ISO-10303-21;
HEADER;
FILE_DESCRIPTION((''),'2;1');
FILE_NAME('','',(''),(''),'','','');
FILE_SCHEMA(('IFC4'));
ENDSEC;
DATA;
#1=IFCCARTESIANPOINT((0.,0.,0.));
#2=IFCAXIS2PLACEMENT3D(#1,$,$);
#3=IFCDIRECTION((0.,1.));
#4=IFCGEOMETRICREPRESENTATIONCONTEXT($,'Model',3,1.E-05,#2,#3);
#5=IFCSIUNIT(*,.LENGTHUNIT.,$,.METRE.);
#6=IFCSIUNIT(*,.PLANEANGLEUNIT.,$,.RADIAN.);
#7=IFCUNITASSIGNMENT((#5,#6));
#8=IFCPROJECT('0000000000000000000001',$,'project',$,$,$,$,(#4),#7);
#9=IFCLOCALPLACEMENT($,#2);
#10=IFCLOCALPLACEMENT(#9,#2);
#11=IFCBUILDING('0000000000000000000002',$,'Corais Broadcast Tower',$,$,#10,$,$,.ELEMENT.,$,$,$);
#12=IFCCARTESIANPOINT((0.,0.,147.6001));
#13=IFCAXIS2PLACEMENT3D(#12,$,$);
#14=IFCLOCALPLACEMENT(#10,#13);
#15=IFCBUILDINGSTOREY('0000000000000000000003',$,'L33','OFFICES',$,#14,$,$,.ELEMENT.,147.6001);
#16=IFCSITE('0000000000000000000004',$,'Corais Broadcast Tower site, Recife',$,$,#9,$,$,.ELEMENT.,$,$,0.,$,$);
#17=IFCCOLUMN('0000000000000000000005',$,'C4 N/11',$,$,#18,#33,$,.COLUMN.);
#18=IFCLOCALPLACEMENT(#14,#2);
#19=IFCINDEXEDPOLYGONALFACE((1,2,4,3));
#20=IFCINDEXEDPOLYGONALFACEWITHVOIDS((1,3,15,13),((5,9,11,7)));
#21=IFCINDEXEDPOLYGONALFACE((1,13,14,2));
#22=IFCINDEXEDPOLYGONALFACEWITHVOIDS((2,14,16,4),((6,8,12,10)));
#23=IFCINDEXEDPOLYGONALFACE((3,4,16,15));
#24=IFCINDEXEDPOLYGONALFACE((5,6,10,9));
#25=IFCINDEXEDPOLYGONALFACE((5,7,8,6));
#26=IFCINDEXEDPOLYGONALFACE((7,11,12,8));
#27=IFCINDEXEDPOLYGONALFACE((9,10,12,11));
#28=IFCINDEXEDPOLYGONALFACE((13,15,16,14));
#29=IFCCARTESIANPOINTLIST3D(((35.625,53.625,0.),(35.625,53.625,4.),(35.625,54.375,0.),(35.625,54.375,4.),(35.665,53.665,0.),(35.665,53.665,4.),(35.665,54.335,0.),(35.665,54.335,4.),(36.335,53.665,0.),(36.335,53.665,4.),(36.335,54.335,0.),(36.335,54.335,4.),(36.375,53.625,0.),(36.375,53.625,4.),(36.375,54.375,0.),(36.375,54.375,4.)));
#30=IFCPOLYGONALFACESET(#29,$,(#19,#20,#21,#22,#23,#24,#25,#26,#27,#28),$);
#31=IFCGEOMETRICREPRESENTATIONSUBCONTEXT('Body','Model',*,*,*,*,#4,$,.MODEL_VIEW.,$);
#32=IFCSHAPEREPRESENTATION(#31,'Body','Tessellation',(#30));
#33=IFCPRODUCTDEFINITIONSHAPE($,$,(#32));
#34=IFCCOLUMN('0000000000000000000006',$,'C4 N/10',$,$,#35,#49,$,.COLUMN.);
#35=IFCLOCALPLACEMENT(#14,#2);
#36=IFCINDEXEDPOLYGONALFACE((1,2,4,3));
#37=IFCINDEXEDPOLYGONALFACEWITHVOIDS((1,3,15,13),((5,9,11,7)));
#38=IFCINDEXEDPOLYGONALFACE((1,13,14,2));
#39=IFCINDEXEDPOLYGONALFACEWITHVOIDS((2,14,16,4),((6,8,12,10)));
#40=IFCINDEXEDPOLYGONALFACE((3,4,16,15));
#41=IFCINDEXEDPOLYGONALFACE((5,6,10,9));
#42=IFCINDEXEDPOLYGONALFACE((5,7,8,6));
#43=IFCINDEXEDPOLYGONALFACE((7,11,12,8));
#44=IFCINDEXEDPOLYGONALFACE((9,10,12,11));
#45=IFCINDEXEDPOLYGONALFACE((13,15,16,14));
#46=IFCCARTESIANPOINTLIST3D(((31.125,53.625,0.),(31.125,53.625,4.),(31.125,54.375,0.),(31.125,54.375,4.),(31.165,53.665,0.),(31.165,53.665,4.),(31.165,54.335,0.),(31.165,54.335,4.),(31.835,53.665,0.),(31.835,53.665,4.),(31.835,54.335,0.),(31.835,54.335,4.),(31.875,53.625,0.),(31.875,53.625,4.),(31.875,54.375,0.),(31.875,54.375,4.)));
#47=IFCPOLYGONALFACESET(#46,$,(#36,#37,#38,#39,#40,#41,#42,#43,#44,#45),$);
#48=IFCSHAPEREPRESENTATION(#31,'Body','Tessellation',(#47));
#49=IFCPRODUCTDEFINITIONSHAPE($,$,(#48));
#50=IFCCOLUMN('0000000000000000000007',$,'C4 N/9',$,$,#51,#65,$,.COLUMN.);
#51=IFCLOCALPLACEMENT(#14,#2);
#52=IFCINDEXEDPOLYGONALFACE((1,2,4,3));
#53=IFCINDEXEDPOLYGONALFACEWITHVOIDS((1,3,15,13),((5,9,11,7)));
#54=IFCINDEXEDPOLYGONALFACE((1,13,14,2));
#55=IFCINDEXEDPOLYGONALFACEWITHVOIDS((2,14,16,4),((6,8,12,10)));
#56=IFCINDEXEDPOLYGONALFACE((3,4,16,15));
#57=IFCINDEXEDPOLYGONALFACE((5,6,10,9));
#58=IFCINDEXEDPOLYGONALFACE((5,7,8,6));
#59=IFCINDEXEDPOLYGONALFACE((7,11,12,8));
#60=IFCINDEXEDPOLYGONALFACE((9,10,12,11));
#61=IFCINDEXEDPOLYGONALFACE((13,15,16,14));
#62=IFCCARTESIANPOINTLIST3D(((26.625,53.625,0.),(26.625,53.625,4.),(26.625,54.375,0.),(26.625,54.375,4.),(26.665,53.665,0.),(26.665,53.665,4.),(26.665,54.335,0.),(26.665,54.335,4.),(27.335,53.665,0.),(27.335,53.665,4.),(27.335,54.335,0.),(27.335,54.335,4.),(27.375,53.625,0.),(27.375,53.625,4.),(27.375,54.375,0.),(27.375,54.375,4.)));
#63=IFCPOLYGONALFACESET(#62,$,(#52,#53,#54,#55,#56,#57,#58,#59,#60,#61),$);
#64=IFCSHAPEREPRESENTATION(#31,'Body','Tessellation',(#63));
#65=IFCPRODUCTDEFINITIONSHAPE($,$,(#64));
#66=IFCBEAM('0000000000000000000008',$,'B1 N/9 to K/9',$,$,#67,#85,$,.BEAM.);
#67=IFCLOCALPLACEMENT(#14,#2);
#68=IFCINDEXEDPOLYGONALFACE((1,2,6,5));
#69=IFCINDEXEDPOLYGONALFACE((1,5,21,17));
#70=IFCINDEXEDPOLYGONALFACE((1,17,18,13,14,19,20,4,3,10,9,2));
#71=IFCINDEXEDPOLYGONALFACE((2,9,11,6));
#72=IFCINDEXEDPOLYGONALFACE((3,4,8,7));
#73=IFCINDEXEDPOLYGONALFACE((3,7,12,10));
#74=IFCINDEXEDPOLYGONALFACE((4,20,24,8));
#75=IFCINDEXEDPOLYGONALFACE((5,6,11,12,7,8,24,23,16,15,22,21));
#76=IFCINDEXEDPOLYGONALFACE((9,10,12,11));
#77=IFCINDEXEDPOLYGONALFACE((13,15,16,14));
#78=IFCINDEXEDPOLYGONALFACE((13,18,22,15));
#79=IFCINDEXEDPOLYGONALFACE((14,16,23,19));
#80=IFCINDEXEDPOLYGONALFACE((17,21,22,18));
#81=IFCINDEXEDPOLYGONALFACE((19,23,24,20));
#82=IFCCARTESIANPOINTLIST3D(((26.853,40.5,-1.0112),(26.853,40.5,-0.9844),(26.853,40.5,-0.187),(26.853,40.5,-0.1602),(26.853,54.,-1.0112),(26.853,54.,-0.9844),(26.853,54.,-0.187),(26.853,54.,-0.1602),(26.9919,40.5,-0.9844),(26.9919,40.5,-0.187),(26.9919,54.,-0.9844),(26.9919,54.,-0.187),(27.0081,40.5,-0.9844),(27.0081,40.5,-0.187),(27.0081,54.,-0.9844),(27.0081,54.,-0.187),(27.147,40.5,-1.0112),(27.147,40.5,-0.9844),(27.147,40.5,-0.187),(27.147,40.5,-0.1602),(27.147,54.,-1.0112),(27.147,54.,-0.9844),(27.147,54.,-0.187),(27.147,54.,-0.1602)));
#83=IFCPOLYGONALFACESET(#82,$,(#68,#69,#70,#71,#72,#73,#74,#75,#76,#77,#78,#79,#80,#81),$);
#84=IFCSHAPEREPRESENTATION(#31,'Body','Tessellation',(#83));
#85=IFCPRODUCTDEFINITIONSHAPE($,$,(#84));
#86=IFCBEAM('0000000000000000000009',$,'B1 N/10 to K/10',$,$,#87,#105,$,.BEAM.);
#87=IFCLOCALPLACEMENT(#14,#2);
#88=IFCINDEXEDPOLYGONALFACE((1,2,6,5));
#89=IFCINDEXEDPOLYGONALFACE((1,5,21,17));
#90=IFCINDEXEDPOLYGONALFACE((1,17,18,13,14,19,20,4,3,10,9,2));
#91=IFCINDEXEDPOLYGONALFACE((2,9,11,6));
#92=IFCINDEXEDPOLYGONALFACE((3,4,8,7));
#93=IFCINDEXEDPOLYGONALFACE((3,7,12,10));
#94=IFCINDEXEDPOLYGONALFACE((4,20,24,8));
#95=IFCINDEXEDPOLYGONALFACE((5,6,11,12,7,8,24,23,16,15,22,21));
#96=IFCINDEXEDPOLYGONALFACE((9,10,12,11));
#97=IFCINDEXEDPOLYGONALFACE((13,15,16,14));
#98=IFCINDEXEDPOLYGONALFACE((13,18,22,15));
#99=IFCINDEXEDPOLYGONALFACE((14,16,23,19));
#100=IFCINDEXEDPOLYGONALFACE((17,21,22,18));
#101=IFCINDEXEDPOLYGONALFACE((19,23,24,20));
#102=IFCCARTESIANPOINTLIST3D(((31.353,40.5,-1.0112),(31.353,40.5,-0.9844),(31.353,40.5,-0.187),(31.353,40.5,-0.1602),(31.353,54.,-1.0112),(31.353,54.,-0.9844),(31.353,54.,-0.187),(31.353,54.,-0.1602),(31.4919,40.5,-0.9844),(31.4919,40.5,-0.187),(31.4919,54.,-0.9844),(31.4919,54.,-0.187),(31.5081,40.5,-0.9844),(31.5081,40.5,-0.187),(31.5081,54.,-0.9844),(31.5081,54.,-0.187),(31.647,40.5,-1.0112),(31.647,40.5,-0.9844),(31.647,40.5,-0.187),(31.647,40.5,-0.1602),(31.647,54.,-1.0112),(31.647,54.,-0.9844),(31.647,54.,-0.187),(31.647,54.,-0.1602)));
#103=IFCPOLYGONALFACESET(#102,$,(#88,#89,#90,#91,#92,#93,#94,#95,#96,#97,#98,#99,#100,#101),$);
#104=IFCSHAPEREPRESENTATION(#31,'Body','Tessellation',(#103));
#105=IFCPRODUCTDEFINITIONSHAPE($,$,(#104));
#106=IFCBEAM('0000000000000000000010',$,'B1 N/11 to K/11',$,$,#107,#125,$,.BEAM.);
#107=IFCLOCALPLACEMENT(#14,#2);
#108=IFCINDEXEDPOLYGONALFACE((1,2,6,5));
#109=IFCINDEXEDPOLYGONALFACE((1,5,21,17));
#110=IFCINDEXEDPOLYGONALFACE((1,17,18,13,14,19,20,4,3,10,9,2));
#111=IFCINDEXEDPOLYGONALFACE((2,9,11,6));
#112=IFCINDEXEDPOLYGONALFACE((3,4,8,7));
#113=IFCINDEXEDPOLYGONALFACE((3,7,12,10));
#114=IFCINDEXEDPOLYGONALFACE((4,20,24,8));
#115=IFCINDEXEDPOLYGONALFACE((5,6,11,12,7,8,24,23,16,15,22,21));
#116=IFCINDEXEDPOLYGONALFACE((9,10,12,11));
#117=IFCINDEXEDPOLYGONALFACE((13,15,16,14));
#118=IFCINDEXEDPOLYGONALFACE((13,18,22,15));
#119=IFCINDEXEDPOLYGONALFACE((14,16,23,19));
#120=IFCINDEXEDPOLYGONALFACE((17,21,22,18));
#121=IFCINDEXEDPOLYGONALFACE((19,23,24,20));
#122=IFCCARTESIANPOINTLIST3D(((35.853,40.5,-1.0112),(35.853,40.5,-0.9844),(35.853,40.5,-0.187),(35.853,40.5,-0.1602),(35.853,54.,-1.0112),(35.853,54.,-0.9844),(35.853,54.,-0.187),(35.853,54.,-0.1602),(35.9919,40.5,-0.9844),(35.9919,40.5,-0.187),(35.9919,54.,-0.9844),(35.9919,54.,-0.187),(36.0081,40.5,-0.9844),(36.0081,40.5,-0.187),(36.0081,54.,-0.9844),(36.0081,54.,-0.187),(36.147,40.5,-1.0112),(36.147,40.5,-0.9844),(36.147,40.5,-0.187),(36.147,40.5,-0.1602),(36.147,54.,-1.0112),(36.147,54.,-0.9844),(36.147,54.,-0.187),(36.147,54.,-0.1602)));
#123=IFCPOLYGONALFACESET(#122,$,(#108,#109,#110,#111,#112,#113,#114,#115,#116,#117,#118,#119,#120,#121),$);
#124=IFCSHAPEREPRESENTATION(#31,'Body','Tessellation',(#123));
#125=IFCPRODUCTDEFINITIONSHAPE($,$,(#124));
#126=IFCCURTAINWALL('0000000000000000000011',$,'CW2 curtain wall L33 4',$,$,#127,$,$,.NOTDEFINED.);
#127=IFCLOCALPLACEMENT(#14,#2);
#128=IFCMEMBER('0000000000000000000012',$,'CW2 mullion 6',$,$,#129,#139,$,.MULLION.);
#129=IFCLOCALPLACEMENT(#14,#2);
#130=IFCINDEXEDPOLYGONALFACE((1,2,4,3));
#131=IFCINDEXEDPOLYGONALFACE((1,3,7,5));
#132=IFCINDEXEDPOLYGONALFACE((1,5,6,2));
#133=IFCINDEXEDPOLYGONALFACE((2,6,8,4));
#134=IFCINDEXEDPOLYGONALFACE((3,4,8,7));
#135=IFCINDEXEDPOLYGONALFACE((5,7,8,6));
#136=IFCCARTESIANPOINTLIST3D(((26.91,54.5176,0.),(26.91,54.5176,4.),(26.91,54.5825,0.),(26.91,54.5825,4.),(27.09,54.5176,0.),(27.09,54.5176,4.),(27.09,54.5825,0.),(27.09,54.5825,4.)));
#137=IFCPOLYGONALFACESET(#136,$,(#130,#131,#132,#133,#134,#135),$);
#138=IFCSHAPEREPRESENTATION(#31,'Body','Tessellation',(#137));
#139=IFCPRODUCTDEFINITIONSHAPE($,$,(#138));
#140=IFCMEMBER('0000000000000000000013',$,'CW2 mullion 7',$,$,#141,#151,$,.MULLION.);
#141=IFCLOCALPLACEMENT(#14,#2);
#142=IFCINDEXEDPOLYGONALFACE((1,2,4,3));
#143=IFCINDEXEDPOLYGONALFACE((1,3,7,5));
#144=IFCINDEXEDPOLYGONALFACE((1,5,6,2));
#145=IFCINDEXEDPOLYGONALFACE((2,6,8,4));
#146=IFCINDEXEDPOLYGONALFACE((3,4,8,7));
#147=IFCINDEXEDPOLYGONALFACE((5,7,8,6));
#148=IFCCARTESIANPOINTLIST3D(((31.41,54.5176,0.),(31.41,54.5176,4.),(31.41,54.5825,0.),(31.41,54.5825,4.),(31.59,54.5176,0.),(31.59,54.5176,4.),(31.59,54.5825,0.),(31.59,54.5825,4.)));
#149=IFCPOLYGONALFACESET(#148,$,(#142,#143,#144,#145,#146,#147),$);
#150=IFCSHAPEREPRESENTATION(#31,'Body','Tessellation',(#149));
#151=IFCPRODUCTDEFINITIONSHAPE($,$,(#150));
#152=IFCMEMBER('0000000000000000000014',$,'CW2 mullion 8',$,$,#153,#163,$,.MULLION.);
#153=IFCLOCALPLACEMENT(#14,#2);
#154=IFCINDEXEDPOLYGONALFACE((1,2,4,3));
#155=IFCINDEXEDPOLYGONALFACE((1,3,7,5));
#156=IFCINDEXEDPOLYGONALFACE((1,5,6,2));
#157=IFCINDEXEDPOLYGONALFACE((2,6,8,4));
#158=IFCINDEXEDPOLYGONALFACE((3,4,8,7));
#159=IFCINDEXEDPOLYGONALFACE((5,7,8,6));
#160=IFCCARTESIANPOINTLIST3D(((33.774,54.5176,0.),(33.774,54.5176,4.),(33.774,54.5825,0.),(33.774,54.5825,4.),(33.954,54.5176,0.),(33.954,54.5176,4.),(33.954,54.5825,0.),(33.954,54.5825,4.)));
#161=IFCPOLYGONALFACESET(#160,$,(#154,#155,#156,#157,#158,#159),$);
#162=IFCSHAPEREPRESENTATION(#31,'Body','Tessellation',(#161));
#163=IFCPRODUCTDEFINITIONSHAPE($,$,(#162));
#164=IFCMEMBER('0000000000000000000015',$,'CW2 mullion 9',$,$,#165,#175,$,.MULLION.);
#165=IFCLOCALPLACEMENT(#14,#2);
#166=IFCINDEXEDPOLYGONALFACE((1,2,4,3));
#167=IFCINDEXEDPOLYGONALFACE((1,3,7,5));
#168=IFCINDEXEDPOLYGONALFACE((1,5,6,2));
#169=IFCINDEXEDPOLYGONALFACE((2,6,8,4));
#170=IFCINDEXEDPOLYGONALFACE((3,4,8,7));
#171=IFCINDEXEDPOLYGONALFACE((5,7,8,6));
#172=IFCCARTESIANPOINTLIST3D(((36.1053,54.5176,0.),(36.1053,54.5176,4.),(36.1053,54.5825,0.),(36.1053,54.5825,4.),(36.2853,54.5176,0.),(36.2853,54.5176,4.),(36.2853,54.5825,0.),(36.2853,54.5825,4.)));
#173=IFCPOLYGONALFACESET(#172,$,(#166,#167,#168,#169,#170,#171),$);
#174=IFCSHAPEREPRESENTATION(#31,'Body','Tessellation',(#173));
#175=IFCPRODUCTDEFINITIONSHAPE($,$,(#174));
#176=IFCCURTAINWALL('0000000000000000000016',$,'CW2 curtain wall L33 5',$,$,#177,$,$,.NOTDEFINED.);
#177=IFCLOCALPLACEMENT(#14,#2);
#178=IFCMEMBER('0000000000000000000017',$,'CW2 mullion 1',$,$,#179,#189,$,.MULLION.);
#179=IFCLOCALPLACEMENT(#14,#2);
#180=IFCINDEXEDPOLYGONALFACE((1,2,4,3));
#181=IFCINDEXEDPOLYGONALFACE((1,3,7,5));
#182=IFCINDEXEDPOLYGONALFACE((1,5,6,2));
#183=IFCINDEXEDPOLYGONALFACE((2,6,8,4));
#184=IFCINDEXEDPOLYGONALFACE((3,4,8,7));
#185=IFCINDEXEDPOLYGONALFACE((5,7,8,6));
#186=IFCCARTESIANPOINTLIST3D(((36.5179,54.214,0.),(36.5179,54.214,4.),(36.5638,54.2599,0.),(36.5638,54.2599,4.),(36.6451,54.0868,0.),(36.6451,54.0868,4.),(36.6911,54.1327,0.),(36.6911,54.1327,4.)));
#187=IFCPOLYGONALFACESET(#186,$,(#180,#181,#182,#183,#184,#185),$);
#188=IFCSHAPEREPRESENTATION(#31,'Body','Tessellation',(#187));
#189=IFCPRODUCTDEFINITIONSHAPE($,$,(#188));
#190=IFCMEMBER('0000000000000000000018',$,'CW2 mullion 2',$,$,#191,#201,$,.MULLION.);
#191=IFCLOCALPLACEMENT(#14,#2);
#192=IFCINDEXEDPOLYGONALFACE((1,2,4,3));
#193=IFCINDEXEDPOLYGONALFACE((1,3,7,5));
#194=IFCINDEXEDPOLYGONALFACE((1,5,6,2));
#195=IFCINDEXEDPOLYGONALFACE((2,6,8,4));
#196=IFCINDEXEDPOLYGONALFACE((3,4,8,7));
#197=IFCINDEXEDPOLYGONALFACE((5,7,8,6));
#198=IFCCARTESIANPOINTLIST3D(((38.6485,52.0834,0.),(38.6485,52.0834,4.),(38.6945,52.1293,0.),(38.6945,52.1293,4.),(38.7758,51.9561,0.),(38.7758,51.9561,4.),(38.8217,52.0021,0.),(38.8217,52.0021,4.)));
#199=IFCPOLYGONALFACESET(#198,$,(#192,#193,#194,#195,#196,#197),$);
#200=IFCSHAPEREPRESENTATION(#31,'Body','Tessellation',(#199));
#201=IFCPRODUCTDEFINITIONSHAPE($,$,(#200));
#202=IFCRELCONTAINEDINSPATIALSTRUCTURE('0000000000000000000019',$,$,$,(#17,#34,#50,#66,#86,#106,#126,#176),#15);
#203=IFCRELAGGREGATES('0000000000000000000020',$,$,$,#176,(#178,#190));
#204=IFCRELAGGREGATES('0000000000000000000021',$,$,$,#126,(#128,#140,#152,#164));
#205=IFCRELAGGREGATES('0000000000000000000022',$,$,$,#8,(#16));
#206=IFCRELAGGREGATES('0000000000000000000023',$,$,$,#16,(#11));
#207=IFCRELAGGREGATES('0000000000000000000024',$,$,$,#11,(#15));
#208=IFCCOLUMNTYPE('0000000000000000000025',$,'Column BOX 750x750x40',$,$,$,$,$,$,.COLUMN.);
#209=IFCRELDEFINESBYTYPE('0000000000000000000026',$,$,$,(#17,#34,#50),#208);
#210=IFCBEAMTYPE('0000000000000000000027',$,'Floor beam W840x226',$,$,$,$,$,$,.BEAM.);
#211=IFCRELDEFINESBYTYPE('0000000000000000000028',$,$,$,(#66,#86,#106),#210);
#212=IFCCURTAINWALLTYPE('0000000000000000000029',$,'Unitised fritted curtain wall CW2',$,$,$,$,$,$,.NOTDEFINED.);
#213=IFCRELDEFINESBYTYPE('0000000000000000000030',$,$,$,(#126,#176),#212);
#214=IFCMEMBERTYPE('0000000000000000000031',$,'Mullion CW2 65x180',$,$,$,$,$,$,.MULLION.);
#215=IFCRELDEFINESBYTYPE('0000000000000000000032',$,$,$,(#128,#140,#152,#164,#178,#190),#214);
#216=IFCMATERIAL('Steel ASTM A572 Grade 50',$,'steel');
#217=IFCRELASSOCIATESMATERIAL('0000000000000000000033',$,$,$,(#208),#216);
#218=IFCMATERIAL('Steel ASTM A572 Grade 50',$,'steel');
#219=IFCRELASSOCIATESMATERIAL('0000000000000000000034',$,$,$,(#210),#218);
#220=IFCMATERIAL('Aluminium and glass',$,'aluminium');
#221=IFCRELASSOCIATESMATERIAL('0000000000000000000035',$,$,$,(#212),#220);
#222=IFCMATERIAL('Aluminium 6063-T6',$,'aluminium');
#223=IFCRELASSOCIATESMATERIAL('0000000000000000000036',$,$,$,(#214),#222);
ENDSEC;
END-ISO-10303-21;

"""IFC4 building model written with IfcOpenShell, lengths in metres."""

from ifc_helpers import new_model, si_unit, direction, frame, origin, origin_2d, place, context, subcontext, project, spatial, rectangle, hollow_rectangle, i_section, extrude, material, material_profile, profile_set, type_object, element, aggregate, save


model = new_model("IFC4")

# Units and contexts
model_context = context("Model", 3, precision=1e-05, world=origin(), true_north=direction((0.0, 1.0)))
body_context = subcontext(model_context, "Body", "Model", "MODEL_VIEW")
ifc_project = project(units=[si_unit("LENGTHUNIT", "METRE"), si_unit("PLANEANGLEUNIT", "RADIAN")], contexts=[model_context])

# Site, building, storey
site_placement = place(None, origin())
site = spatial("IfcSite", under=ifc_project, at=site_placement, Name="Corais Broadcast Tower site, Recife", CompositionType="ELEMENT", RefElevation=0.0)
building_placement = place(site_placement, origin())
building = spatial("IfcBuilding", under=site, at=building_placement, Name="Corais Broadcast Tower", CompositionType="ELEMENT")
storey_placement = place(building_placement, frame((0.0, 0.0, 147.6001)))
storey = spatial("IfcBuildingStorey", under=building, at=storey_placement, Name="L33", Description="OFFICES", CompositionType="ELEMENT", Elevation=147.6001)

# Columns
ifc_material_1 = material(Name="Steel ASTM A572 Grade 50", Category="steel")
ifc_material_profile_1 = material_profile(ifc_material_1, hollow_rectangle(XDim=0.75, YDim=0.75, WallThickness=0.04, at=origin_2d()), Name="BOX 750x750x40")
ifc_profile_set_1 = profile_set([ifc_material_profile_1], Name="Steel ASTM A572 Grade 50")
column_type = type_object("IfcColumnType", Name="Column BOX 750x750x40", PredefinedType="COLUMN", material=ifc_profile_set_1)
for number, where, z_axis, x_axis, name in (
    (1, (36.0, 54.0, 0.0), (0.0, 0.0, 1.0), (1.0, 0.0, 0.0), "C4 N/11"),
    (2, (31.5, 54.0, 0.0), (0.0, 0.0, 1.0), (1.0, 0.0, 0.0), "C4 N/10"),
    (3, (27.0, 54.0, 0.0), (0.0, 0.0, 1.0), (1.0, 0.0, 0.0), "C4 N/9"),
):
    element("IfcColumn", number, at=place(storey_placement, frame(where, z_axis=z_axis, x_axis=x_axis)), inside=storey, type_object=column_type, Name=name, PredefinedType="COLUMN", context=body_context, shape_type="SweptSolid", body=[
        extrude(hollow_rectangle(XDim=0.75, YDim=0.75, WallThickness=0.04, at=origin_2d()), origin(), (0.0, 0.0, 1.0), 4.0),
    ])

# Beams
ifc_material_2 = material(Name="Steel ASTM A572 Grade 50", Category="steel")
ifc_material_profile_2 = material_profile(ifc_material_2, i_section(OverallWidth=0.2939, OverallDepth=0.8511, WebThickness=0.0161, FlangeThickness=0.0269, at=origin_2d()), Name="W840x226")
ifc_profile_set_2 = profile_set([ifc_material_profile_2], Name="Steel ASTM A572 Grade 50")
beam_type_1 = type_object("IfcBeamType", Name="Floor beam W840x226", PredefinedType="BEAM", material=ifc_profile_set_2)
for number, where, z_axis, x_axis, name in (
    (4, (27.0, 54.0, -0.5857), (0.0, -1.0, 0.0), (1.0, 0.0, 0.0), "B1 N/9 to K/9"),
    (5, (31.5, 54.0, -0.5857), (0.0, -1.0, 0.0), (1.0, 0.0, 0.0), "B1 N/10 to K/10"),
    (6, (36.0, 54.0, -0.5857), (0.0, -1.0, 0.0), (1.0, 0.0, 0.0), "B1 N/11 to K/11"),
):
    element("IfcBeam", number, at=place(storey_placement, frame(where, z_axis=z_axis, x_axis=x_axis)), inside=storey, type_object=beam_type_1, Name=name, PredefinedType="BEAM", context=body_context, shape_type="SweptSolid", body=[
        extrude(i_section(OverallWidth=0.2939, OverallDepth=0.8511, WebThickness=0.0161, FlangeThickness=0.0269, at=origin_2d()), origin(), (0.0, 0.0, 1.0), 13.5),
    ])

# Curtain walls, members
ifc_material_3 = material(Name="Aluminium and glass", Category="aluminium")
curtain_wall_type = type_object("IfcCurtainWallType", Name="Unitised fritted curtain wall CW2", PredefinedType="NOTDEFINED", material=ifc_material_3)
curtain_wall_1_placement = place(storey_placement, origin())
curtain_wall_1 = element("IfcCurtainWall", 7, at=curtain_wall_1_placement, inside=storey, type_object=curtain_wall_type, Name="CW2 curtain wall L33 4", PredefinedType="NOTDEFINED")
ifc_material_4 = material(Name="Aluminium 6063-T6", Category="aluminium")
ifc_material_profile_3 = material_profile(ifc_material_4, rectangle(XDim=0.0649, YDim=0.1799, at=origin_2d()), Name="Mullion CW2 65x180")
ifc_profile_set_3 = profile_set([ifc_material_profile_3], Name="Aluminium 6063-T6")
member_type_1 = type_object("IfcMemberType", Name="Mullion CW2 65x180", PredefinedType="MULLION", material=ifc_profile_set_3)
member_1_placement = place(storey_placement, frame((27.0, 54.55, 0.0), z_axis=(0.0, 0.0, 1.0), x_axis=(0.0, 1.0, 0.0)))
member_1 = element("IfcMember", 8, at=member_1_placement, type_object=member_type_1, Name="CW2 mullion 6", PredefinedType="MULLION", context=body_context, shape_type="SweptSolid", body=[
    extrude(rectangle(XDim=0.0649, YDim=0.1799, at=origin_2d()), origin(), (0.0, 0.0, 1.0), 4.0),
])
member_2_placement = place(storey_placement, frame((31.5, 54.55, 0.0), z_axis=(0.0, 0.0, 1.0), x_axis=(0.0, 1.0, 0.0)))
member_2 = element("IfcMember", 9, at=member_2_placement, type_object=member_type_1, Name="CW2 mullion 7", PredefinedType="MULLION", context=body_context, shape_type="SweptSolid", body=[
    extrude(rectangle(XDim=0.0649, YDim=0.1799, at=origin_2d()), origin(), (0.0, 0.0, 1.0), 4.0),
])
member_3_placement = place(storey_placement, frame((33.864, 54.55, 0.0), z_axis=(0.0, 0.0, 1.0), x_axis=(0.0, 1.0, 0.0)))
member_3 = element("IfcMember", 10, at=member_3_placement, type_object=member_type_1, Name="CW2 mullion 8", PredefinedType="MULLION", context=body_context, shape_type="SweptSolid", body=[
    extrude(rectangle(XDim=0.0649, YDim=0.1799, at=origin_2d()), origin(), (0.0, 0.0, 1.0), 4.0),
])
member_4_placement = place(storey_placement, frame((36.1953, 54.55, 0.0), z_axis=(0.0, 0.0, 1.0), x_axis=(0.0, 1.0, 0.0)))
member_4 = element("IfcMember", 11, at=member_4_placement, type_object=member_type_1, Name="CW2 mullion 9", PredefinedType="MULLION", context=body_context, shape_type="SweptSolid", body=[
    extrude(rectangle(XDim=0.0649, YDim=0.1799, at=origin_2d()), origin(), (0.0, 0.0, 1.0), 4.0),
])
curtain_wall_2_placement = place(storey_placement, origin())
curtain_wall_2 = element("IfcCurtainWall", 12, at=curtain_wall_2_placement, inside=storey, type_object=curtain_wall_type, Name="CW2 curtain wall L33 5", PredefinedType="NOTDEFINED")
member_5_placement = place(storey_placement, frame((36.6045, 54.1733, 0.0), z_axis=(0.0, 0.0, 1.0), x_axis=(0.707107, 0.707107, 0.0)))
member_5 = element("IfcMember", 13, at=member_5_placement, type_object=member_type_1, Name="CW2 mullion 1", PredefinedType="MULLION", context=body_context, shape_type="SweptSolid", body=[
    extrude(rectangle(XDim=0.0649, YDim=0.1799, at=origin_2d()), origin(), (0.0, 0.0, 1.0), 4.0),
])
member_6_placement = place(storey_placement, frame((38.7351, 52.0427, 0.0), z_axis=(0.0, 0.0, 1.0), x_axis=(0.707107, 0.707107, 0.0)))
member_6 = element("IfcMember", 14, at=member_6_placement, type_object=member_type_1, Name="CW2 mullion 2", PredefinedType="MULLION", context=body_context, shape_type="SweptSolid", body=[
    extrude(rectangle(XDim=0.0649, YDim=0.1799, at=origin_2d()), origin(), (0.0, 0.0, 1.0), 4.0),
])

aggregate(curtain_wall_2, [member_5, member_6])
aggregate(curtain_wall_1, [member_1, member_2, member_3, member_4])

save(model, "model.ifc")
